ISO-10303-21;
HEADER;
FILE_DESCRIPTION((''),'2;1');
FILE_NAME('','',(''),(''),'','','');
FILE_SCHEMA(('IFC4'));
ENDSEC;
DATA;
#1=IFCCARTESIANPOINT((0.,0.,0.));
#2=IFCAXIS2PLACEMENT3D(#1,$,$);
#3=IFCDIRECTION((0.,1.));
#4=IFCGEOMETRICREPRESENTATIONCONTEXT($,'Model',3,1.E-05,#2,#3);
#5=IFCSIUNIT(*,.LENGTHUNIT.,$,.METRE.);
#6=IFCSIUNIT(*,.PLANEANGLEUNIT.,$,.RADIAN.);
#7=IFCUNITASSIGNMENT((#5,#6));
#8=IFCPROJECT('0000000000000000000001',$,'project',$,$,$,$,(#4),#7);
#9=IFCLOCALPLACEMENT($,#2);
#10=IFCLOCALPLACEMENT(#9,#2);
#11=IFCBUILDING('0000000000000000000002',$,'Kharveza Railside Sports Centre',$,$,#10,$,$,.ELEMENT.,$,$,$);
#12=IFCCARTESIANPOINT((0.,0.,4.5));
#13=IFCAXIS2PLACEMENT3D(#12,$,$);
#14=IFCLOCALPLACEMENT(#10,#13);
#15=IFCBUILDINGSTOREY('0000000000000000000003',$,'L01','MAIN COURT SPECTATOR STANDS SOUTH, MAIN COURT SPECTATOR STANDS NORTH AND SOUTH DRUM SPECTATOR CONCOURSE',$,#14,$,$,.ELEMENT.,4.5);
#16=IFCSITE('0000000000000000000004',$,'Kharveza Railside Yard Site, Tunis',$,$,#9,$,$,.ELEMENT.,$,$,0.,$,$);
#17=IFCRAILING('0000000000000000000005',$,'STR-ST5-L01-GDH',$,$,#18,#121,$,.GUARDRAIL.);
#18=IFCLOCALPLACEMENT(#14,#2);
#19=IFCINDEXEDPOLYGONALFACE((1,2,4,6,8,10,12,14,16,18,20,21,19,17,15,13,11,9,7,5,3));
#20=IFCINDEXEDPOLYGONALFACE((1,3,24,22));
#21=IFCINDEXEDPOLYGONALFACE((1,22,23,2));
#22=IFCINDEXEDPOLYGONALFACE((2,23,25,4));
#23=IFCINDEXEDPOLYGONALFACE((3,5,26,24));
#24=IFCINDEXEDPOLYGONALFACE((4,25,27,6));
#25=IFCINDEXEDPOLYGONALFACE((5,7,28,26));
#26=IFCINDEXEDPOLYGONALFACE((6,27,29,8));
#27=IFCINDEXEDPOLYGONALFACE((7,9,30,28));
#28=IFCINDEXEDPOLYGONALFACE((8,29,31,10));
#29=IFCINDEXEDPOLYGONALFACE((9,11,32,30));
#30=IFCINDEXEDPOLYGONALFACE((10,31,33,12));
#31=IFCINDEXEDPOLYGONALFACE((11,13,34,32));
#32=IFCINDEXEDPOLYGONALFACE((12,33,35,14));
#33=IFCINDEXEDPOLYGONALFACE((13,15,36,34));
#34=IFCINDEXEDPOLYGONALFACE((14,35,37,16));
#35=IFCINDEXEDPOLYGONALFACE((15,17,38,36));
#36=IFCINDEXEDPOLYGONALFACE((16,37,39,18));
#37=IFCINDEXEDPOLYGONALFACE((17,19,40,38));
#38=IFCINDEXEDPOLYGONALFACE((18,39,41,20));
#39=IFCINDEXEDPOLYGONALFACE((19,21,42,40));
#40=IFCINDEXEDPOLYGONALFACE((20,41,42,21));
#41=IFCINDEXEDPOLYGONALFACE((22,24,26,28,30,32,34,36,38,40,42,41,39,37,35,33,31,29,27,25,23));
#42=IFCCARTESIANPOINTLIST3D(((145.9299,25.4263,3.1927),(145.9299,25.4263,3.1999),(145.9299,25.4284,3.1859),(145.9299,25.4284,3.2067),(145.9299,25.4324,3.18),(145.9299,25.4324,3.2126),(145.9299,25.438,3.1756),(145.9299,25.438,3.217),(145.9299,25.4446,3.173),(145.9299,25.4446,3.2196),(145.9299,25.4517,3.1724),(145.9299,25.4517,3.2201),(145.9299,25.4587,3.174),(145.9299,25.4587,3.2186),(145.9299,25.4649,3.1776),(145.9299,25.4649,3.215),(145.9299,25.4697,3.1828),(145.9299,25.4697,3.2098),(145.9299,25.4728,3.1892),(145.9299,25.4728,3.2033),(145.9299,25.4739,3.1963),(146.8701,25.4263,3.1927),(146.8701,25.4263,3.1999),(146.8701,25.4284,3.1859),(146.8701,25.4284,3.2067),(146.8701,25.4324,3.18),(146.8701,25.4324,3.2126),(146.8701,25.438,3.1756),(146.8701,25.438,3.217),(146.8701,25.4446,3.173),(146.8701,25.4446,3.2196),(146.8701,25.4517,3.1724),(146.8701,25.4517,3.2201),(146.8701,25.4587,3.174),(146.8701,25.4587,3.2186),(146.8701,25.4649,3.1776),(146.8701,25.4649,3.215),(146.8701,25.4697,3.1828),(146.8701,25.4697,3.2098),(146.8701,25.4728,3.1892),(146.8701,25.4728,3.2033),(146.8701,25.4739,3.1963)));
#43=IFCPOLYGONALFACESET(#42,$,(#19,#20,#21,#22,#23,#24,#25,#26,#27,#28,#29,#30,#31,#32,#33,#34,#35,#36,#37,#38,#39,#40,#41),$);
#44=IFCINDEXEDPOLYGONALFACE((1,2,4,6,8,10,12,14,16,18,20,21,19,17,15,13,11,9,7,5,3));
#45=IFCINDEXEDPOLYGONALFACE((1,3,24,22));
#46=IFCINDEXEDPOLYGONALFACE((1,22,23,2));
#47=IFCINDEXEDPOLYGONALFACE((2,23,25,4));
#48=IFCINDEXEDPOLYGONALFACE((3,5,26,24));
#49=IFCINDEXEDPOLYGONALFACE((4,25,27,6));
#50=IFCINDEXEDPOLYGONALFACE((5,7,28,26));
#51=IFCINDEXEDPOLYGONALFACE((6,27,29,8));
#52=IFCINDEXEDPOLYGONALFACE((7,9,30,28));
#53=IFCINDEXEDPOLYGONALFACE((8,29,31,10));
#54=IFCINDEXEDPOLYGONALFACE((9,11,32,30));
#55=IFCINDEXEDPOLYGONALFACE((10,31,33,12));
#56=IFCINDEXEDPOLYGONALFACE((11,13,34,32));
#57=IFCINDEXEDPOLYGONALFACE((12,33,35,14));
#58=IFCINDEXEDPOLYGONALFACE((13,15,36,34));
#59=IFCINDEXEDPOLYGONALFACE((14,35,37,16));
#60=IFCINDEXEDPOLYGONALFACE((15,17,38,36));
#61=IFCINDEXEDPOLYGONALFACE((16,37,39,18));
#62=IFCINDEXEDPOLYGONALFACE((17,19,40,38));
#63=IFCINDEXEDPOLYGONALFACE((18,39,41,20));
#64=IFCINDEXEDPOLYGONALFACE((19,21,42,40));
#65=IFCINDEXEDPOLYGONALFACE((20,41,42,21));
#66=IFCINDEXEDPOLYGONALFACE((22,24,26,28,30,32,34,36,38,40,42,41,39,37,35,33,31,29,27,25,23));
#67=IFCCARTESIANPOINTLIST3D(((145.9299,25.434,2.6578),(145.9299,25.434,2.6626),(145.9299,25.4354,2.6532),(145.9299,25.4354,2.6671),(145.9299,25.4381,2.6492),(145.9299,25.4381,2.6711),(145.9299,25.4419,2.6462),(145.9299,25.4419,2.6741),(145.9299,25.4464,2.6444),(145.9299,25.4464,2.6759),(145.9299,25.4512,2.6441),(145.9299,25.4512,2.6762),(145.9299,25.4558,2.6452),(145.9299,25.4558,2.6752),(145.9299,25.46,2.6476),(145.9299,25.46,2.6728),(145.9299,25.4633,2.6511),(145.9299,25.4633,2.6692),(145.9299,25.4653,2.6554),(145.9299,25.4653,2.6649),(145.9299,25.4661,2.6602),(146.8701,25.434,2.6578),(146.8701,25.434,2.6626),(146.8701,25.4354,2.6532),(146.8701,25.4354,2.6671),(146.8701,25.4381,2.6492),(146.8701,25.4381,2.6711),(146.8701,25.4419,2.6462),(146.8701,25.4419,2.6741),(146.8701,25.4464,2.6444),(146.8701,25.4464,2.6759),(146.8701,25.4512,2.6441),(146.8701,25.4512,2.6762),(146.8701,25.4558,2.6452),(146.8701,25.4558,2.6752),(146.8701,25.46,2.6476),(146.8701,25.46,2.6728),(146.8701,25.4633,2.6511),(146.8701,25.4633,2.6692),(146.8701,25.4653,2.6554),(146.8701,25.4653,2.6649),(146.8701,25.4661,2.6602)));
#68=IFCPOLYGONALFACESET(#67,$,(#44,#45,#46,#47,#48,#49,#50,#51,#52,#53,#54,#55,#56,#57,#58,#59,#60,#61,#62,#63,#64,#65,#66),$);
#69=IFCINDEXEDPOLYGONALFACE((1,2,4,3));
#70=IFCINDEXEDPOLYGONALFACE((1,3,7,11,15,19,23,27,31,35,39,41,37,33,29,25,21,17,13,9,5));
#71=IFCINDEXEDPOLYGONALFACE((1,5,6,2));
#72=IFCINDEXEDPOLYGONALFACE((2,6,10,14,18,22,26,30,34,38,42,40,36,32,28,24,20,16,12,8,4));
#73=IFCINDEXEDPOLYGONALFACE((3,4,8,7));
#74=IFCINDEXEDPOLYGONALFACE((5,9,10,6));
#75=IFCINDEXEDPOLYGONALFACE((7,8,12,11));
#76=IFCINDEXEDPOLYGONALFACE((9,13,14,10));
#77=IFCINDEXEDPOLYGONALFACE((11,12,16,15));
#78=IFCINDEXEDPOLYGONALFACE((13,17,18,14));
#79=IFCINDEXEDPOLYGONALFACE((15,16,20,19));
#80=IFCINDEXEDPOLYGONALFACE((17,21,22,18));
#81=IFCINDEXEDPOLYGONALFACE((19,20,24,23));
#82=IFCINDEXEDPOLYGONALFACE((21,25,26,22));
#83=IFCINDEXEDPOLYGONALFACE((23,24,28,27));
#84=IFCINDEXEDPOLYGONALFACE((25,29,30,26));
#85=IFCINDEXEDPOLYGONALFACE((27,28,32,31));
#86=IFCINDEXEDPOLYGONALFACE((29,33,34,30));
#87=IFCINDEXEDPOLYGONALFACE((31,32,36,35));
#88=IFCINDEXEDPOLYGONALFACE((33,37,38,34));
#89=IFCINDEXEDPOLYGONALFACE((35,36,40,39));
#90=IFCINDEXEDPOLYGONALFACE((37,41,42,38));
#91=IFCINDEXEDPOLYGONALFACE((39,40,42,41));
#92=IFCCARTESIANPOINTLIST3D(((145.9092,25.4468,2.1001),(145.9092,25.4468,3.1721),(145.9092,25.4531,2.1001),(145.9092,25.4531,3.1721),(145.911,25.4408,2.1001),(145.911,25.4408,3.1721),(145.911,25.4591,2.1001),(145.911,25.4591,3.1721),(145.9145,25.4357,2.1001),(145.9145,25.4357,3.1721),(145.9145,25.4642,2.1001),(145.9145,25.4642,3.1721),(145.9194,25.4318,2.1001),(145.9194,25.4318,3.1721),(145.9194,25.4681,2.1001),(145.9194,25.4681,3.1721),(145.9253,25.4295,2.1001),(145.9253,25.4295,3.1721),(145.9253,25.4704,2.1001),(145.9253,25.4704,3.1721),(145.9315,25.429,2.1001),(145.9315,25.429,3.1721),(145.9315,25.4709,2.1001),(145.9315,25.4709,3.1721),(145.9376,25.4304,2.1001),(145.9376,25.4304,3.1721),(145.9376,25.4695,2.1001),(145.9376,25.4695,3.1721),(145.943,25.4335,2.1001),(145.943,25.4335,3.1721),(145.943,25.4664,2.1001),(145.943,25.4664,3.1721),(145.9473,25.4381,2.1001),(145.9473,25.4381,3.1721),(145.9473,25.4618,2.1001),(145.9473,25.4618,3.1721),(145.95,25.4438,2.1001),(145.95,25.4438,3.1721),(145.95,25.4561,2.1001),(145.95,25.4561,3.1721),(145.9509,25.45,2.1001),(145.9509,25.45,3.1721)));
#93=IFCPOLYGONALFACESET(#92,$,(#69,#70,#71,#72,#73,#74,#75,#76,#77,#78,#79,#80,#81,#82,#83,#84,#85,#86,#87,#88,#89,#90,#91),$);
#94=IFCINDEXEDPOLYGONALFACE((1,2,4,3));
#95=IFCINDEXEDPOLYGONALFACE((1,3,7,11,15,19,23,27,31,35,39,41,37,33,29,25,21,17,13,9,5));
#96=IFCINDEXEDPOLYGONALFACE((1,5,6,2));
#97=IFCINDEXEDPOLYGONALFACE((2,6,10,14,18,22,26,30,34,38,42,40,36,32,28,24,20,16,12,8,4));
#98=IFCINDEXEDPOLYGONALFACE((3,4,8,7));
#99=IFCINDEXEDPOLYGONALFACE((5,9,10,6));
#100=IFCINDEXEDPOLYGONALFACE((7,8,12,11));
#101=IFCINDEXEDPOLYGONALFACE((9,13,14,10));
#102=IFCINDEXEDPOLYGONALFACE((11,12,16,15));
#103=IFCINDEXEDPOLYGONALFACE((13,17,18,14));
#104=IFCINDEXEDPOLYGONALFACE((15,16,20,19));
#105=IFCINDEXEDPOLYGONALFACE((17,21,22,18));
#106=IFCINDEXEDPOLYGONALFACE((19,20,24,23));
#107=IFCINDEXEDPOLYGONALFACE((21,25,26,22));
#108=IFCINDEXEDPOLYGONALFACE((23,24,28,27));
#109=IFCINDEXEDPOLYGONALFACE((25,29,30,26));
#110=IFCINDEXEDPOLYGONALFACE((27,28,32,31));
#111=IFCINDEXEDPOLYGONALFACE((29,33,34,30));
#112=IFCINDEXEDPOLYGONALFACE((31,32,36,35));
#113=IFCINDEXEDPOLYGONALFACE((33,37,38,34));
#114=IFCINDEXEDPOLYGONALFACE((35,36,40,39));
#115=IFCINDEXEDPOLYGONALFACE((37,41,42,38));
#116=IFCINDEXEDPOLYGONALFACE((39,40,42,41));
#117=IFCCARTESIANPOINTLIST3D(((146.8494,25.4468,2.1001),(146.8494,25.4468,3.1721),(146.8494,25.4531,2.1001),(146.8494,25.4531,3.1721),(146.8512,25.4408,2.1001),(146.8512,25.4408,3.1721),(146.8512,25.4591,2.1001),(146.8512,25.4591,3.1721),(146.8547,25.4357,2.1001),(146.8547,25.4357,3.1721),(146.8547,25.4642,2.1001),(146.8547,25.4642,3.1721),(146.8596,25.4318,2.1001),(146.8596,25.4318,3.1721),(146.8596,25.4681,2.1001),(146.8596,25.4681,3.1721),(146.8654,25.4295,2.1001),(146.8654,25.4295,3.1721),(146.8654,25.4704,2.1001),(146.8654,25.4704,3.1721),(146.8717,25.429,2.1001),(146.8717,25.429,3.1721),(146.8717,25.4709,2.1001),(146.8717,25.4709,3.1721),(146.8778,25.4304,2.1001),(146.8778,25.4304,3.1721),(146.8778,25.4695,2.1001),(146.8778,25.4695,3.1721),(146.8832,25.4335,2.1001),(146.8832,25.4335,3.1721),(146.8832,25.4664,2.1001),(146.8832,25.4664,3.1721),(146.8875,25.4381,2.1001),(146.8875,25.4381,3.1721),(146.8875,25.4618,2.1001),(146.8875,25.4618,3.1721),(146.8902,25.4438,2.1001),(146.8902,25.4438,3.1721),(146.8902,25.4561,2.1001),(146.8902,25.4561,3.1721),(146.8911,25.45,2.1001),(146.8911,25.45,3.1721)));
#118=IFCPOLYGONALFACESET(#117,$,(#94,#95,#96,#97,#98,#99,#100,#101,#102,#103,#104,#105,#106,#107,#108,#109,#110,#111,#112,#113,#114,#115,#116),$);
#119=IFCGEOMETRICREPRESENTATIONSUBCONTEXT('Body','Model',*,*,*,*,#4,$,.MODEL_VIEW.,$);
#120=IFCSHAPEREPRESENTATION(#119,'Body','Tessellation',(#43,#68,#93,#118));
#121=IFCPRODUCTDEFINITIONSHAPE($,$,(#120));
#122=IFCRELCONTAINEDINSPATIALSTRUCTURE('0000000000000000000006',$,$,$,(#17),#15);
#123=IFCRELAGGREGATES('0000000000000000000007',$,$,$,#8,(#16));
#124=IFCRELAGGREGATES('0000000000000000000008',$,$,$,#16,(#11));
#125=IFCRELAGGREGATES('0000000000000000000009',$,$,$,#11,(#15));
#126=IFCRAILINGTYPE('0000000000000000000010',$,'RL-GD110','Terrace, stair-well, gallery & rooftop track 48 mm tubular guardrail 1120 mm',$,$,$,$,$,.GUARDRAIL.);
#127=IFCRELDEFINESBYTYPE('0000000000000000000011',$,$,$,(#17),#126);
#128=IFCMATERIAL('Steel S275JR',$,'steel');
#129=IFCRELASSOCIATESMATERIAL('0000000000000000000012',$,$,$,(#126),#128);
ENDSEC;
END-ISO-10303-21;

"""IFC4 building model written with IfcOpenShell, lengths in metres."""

from ifc_helpers import new_model, si_unit, direction, frame, origin, origin_2d, place, context, subcontext, project, spatial, circle, extrude, material, type_object, element, save


model = new_model("IFC4")

# Units and contexts
model_context = context("Model", 3, precision=1e-05, world=origin(), true_north=direction((0.0, 1.0)))
body_context = subcontext(model_context, "Body", "Model", "MODEL_VIEW")
ifc_project = project(units=[si_unit("LENGTHUNIT", "METRE"), si_unit("PLANEANGLEUNIT", "RADIAN")], contexts=[model_context])

# Site, building, storey
site_placement = place(None, origin())
site = spatial("IfcSite", under=ifc_project, at=site_placement, Name="Kharveza Railside Yard Site, Tunis", CompositionType="ELEMENT", RefElevation=0.0)
building_placement = place(site_placement, origin())
building = spatial("IfcBuilding", under=site, at=building_placement, Name="Kharveza Railside Sports Centre", CompositionType="ELEMENT")
storey_placement = place(building_placement, frame((0.0, 0.0, 4.5)))
storey = spatial("IfcBuildingStorey", under=building, at=storey_placement, Name="L01", Description="MAIN COURT SPECTATOR STANDS SOUTH, MAIN COURT SPECTATOR STANDS NORTH AND SOUTH DRUM SPECTATOR CONCOURSE", CompositionType="ELEMENT", Elevation=4.5)

# Railing
ifc_material_1 = material(Name="Steel S275JR", Category="steel")
railing_type_1 = type_object("IfcRailingType", Name="RL-GD110", Description="Terrace, stair-well, gallery & rooftop track 48 mm tubular guardrail 1120 mm", PredefinedType="GUARDRAIL", material=ifc_material_1)
railing_1_placement = place(storey_placement, frame((145.9299, 25.45, 2.1001)))
element("IfcRailing", 1, at=railing_1_placement, inside=storey, type_object=railing_type_1, Name="STR-ST5-L01-GDH", PredefinedType="GUARDRAIL", context=body_context, shape_type="SweptSolid", body=[
    extrude(circle(Radius=0.0239, at=origin_2d()), frame((0.0, 0.0, 1.0962), z_axis=(1.0, 0.0, 0.0), x_axis=(0.0, 1.0, 0.0)), (0.0, 0.0, 1.0), 0.9402),
    extrude(circle(Radius=0.0161, at=origin_2d()), frame((0.0, 0.0, 0.5601), z_axis=(1.0, 0.0, 0.0), x_axis=(0.0, 1.0, 0.0)), (0.0, 0.0, 1.0), 0.9402),
    extrude(circle(Radius=0.021, at=origin_2d()), origin(), (0.0, 0.0, 1.0), 1.072),
    extrude(circle(Radius=0.021, at=origin_2d()), frame((0.9402, 0.0, 0.0)), (0.0, 0.0, 1.0), 1.072),
])

save(model, "model.ifc")
